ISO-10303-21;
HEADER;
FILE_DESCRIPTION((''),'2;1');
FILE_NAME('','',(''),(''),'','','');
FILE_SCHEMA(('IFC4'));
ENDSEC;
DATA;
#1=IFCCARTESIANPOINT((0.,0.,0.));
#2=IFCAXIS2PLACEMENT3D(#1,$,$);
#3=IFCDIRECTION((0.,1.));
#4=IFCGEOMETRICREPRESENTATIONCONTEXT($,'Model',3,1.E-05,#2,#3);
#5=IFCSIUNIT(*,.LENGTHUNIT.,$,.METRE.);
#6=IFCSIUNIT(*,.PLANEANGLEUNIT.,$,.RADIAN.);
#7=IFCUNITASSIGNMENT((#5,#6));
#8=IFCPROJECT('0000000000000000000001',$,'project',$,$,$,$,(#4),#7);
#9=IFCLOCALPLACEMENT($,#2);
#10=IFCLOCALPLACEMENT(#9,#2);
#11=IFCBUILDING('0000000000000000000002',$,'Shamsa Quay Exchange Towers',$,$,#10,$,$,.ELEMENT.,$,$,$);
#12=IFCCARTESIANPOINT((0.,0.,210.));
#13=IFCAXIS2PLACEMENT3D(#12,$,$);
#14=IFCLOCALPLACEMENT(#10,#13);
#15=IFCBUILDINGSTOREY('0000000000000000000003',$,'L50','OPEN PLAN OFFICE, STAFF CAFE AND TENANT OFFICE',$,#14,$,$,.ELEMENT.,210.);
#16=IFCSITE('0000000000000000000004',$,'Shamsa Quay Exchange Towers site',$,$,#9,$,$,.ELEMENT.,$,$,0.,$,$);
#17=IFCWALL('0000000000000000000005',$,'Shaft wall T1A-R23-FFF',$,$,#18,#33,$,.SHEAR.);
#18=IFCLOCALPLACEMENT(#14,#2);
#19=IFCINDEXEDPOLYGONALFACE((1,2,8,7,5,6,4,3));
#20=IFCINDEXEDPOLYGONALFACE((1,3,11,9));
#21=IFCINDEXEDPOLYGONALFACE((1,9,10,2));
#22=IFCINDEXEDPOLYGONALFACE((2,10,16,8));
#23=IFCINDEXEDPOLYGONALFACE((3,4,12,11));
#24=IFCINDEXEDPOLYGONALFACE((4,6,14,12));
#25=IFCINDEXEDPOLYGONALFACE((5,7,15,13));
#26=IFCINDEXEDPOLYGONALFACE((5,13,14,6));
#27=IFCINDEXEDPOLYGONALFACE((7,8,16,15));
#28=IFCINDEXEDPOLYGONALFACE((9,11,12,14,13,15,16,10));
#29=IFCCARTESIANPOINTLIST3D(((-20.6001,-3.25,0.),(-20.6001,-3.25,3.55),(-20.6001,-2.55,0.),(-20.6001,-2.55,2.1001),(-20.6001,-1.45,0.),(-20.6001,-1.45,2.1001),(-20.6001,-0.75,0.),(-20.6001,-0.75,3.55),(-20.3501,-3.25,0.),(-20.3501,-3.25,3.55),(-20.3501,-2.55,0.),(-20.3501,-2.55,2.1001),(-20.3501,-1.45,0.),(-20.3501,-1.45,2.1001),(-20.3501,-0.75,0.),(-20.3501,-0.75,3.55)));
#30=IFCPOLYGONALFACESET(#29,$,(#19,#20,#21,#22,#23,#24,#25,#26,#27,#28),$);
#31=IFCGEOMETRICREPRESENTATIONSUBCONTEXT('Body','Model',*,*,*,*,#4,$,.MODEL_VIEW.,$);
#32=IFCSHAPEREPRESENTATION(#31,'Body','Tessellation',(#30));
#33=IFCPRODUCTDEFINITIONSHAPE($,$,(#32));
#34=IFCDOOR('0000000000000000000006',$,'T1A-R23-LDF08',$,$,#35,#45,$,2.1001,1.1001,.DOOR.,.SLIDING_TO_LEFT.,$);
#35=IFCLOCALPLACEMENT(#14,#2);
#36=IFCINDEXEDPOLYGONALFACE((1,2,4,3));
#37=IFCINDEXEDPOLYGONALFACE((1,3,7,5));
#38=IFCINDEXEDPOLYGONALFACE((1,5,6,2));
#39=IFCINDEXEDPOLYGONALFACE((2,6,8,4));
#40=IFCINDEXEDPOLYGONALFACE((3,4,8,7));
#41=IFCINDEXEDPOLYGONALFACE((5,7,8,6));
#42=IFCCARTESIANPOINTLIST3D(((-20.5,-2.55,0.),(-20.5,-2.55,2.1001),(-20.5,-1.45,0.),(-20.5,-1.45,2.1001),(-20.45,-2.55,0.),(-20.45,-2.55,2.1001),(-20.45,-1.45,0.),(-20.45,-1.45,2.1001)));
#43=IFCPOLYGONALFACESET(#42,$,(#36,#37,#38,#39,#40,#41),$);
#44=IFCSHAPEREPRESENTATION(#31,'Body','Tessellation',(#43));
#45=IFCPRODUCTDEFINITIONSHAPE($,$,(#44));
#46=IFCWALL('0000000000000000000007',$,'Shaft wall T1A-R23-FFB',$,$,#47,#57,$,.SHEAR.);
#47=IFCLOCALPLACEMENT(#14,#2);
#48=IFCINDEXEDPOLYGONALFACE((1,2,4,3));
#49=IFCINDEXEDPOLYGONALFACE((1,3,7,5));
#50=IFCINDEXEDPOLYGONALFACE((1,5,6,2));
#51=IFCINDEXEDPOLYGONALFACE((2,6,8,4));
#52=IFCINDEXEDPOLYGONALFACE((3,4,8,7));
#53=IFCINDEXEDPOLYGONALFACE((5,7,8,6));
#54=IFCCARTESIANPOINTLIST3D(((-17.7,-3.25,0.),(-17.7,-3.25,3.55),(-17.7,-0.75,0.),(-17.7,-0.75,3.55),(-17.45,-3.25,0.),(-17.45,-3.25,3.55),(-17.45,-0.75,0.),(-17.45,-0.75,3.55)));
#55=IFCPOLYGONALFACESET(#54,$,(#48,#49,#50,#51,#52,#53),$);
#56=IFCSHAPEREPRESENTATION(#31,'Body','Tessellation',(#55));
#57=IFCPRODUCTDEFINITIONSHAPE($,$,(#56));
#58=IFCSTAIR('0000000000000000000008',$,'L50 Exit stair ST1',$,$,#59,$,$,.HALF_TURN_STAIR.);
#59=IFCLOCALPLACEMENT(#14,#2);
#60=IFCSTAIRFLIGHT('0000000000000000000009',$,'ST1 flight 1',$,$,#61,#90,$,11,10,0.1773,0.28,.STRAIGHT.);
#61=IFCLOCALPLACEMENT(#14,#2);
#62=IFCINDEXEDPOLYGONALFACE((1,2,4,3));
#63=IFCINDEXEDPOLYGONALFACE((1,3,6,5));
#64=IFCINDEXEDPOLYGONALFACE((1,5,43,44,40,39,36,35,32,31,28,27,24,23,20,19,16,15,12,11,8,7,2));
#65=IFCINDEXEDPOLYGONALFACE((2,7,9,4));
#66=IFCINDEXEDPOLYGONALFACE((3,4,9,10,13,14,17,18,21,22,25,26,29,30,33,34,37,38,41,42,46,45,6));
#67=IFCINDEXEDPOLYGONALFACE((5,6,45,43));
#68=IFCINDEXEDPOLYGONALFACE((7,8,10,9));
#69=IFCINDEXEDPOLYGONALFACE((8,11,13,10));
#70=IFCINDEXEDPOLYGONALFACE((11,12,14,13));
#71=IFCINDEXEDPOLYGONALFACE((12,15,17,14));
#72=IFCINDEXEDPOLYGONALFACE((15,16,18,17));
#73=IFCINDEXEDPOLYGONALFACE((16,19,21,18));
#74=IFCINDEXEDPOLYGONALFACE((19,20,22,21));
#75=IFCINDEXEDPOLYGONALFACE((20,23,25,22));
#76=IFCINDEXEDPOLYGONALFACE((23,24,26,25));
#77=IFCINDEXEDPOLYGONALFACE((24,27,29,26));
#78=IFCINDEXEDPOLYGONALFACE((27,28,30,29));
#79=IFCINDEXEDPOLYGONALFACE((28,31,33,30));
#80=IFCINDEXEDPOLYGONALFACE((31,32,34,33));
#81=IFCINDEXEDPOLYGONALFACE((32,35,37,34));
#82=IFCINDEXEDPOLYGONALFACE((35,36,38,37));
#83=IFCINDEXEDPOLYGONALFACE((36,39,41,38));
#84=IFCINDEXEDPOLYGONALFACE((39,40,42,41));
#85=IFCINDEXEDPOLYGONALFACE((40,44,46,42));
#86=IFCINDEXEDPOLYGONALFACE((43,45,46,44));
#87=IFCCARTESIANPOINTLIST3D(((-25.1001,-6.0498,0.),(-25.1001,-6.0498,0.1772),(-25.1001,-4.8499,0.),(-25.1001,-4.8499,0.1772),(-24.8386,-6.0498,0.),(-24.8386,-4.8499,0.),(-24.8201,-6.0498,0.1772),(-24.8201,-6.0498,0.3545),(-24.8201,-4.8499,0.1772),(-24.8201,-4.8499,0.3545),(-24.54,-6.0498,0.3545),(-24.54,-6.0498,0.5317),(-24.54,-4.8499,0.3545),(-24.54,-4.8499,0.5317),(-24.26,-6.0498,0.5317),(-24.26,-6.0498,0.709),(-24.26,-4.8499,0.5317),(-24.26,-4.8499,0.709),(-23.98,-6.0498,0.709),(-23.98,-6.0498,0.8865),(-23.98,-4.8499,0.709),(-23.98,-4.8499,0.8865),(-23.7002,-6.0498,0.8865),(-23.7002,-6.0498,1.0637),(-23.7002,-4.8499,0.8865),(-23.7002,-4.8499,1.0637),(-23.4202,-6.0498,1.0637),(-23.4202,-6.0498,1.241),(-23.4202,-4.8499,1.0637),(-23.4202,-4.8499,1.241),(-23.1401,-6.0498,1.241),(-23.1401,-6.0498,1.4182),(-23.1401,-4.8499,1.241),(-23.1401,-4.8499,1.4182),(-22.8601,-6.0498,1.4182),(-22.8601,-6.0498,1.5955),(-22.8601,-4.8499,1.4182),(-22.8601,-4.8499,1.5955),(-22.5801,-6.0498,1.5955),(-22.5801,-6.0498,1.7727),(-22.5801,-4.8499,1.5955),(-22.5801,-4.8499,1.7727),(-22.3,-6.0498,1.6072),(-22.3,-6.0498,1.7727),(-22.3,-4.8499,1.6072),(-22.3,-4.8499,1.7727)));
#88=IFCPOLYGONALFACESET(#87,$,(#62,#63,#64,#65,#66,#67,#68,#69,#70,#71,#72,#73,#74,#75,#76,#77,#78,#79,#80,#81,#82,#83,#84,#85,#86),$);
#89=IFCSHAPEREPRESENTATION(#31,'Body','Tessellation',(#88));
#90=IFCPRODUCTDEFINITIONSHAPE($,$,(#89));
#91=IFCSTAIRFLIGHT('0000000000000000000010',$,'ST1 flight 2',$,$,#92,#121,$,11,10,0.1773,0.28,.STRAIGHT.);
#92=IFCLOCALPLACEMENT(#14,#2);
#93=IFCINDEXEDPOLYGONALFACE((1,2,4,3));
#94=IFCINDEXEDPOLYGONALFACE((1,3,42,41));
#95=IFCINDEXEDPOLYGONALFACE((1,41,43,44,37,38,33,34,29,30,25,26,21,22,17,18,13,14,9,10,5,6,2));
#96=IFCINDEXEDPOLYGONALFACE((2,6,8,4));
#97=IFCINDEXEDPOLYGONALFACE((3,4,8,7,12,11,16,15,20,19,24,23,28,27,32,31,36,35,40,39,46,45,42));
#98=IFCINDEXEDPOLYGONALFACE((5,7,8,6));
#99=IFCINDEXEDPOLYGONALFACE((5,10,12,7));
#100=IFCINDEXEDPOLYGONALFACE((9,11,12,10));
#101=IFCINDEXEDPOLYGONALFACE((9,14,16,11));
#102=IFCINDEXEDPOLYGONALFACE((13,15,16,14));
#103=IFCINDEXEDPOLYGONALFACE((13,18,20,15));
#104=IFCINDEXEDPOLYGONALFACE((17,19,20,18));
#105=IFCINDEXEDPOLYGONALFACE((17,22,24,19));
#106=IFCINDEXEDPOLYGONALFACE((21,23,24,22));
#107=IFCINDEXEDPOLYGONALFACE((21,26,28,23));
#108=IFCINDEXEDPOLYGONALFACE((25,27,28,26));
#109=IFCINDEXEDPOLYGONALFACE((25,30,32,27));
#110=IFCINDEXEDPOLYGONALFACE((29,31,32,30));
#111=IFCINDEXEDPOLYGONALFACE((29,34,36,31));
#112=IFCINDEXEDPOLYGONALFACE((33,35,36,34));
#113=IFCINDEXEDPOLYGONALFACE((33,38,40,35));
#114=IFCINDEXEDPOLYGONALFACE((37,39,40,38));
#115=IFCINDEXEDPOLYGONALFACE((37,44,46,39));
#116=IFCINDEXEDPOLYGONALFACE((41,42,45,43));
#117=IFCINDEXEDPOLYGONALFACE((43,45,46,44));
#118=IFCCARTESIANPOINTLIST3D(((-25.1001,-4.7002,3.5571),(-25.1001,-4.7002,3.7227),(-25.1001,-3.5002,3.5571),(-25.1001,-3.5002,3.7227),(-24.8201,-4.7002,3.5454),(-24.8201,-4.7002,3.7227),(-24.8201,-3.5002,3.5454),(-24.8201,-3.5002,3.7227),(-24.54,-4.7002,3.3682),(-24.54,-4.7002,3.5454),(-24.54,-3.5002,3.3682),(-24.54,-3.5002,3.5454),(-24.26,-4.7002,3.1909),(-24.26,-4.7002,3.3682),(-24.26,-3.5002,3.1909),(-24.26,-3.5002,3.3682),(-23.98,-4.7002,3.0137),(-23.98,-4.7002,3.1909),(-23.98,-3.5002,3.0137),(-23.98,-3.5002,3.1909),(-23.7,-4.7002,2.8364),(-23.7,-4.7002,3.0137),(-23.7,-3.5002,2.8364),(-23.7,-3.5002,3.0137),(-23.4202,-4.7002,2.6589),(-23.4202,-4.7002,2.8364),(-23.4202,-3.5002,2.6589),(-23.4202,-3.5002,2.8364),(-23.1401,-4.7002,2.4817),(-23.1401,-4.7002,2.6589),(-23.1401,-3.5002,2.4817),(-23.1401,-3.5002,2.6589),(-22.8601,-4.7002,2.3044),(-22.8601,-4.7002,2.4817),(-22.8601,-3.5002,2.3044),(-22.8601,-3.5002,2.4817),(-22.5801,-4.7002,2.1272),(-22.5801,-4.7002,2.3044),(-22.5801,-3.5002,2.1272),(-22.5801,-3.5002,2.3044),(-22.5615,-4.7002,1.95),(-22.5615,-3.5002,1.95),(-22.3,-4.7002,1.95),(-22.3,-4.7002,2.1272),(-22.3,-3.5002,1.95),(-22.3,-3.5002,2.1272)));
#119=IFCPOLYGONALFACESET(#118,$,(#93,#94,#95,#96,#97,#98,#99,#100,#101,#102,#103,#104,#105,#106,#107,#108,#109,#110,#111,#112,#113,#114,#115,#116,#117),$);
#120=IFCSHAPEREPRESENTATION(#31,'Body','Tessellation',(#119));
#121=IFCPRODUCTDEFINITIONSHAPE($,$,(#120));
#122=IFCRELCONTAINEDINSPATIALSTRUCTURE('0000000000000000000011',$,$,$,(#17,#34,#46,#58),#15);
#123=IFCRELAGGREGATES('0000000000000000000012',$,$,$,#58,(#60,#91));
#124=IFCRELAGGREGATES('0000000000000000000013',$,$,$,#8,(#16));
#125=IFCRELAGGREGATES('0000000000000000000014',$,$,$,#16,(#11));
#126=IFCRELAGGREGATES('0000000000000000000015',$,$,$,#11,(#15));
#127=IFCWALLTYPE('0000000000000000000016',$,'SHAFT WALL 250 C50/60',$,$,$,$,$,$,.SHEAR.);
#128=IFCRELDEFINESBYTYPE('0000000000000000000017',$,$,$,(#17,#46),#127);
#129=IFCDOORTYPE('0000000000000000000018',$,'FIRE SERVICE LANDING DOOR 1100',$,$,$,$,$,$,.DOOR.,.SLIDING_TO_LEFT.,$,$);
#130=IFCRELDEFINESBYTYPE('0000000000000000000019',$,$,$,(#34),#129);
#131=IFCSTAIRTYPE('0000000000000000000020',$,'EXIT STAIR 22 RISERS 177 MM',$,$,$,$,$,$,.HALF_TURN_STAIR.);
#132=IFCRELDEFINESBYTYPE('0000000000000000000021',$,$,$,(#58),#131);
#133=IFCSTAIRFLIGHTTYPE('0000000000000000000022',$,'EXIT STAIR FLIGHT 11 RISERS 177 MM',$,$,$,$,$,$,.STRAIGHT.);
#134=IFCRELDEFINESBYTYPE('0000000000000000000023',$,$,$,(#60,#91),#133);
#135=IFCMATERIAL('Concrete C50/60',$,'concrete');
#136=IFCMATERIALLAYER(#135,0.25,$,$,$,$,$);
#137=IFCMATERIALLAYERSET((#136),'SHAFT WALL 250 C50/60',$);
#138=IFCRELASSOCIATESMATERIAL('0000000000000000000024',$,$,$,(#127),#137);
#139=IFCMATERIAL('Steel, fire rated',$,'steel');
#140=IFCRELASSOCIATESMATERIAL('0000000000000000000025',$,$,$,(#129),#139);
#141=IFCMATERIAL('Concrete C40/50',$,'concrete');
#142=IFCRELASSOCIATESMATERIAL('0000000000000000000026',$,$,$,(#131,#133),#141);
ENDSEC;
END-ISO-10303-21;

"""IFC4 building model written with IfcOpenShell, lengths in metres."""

from ifc_helpers import new_model, si_unit, direction, frame, frame_2d, origin, place, context, subcontext, project, spatial, polyline, rectangle, outline, extrude, material, layer, layer_set, type_object, element, fill, aggregate, save


model = new_model("IFC4")

# Units and contexts
model_context = context("Model", 3, precision=1e-05, world=origin(), true_north=direction((0.0, 1.0)))
body_context = subcontext(model_context, "Body", "Model", "MODEL_VIEW")
ifc_project = project(units=[si_unit("LENGTHUNIT", "METRE"), si_unit("PLANEANGLEUNIT", "RADIAN")], contexts=[model_context])

# Site, building, storey
site_placement = place(None, origin())
site = spatial("IfcSite", under=ifc_project, at=site_placement, Name="Shamsa Quay Exchange Towers site", CompositionType="ELEMENT", RefElevation=0.0)
building_placement = place(site_placement, origin())
building = spatial("IfcBuilding", under=site, at=building_placement, Name="Shamsa Quay Exchange Towers", CompositionType="ELEMENT")
storey_placement = place(building_placement, frame((0.0, 0.0, 210.0)))
storey = spatial("IfcBuildingStorey", under=building, at=storey_placement, Name="L50", Description="OPEN PLAN OFFICE, STAFF CAFE AND TENANT OFFICE", CompositionType="ELEMENT", Elevation=210.0)

# Shared definitions
ifc_material_1 = material(Name="Concrete C50/60", Category="concrete")
ifc_layer_1 = layer(ifc_material_1, 0.25)
ifc_layer_set_1 = layer_set([ifc_layer_1], Name="SHAFT WALL 250 C50/60")
wall_type_1 = type_object("IfcWallType", Name="SHAFT WALL 250 C50/60", PredefinedType="SHEAR", material=ifc_layer_set_1)

# Wall, opening, door
wall_1_placement = place(storey_placement, frame((-20.4751, -3.25, 0.0), z_axis=(0.0, 0.0, 1.0), x_axis=(0.0, 1.0, 0.0)))
wall_1 = element("IfcWall", 1, at=wall_1_placement, inside=storey, type_object=wall_type_1, Name="Shaft wall T1A-R23-FFF", PredefinedType="SHEAR", context=body_context, shape_type="SweptSolid", body=[
    extrude(rectangle(XDim=2.5, YDim=0.25, at=frame_2d((1.25, 0.0))), origin(), (0.0, 0.0, 1.0), 3.55),
])
opening_placement = place(wall_1_placement, frame((0.7, 0.0, 0.0)))
opening = element("IfcOpeningElement", 2, at=opening_placement, cuts=wall_1, PredefinedType="OPENING", context=body_context, shape_type="SweptSolid", body=[
    extrude(rectangle(XDim=1.1001, YDim=2.1001, at=frame_2d((0.55, 1.05))), frame((0.0, 0.135, 0.0), z_axis=(0.0, -1.0, 0.0), x_axis=(1.0, 0.0, 0.0)), (0.0, 0.0, 1.0), 0.27),
])
ifc_material_2 = material(Name="Steel, fire rated", Category="steel")
door_type = type_object("IfcDoorType", Name="FIRE SERVICE LANDING DOOR 1100", OperationType="SLIDING_TO_LEFT", PredefinedType="DOOR", material=ifc_material_2)
door_placement = place(opening_placement, origin())
door = element("IfcDoor", 3, at=door_placement, inside=storey, type_object=door_type, Name="T1A-R23-LDF08", OperationType="SLIDING_TO_LEFT", OverallHeight=2.1001, OverallWidth=1.1001, PredefinedType="DOOR", context=body_context, shape_type="SweptSolid", body=[
    extrude(rectangle(XDim=1.1001, YDim=2.1001, at=frame_2d((0.55, 1.05))), frame((0.0, 0.0249, 0.0), z_axis=(0.0, -1.0, 0.0), x_axis=(1.0, 0.0, 0.0)), (0.0, 0.0, 1.0), 0.05),
])
fill(opening, door)

# Wall
wall_2_placement = place(storey_placement, frame((-17.575, -3.25, 0.0), z_axis=(0.0, 0.0, 1.0), x_axis=(0.0, 1.0, 0.0)))
element("IfcWall", 4, at=wall_2_placement, inside=storey, type_object=wall_type_1, Name="Shaft wall T1A-R23-FFB", PredefinedType="SHEAR", context=body_context, shape_type="SweptSolid", body=[
    extrude(rectangle(XDim=2.5, YDim=0.25, at=frame_2d((1.25, 0.0))), origin(), (0.0, 0.0, 1.0), 3.55),
])

# Stair, stair flights
ifc_material_3 = material(Name="Concrete C40/50", Category="concrete")
stair_type = type_object("IfcStairType", Name="EXIT STAIR 22 RISERS 177 MM", PredefinedType="HALF_TURN_STAIR", material=ifc_material_3)
stair_placement = place(storey_placement, origin())
stair = element("IfcStair", 5, at=stair_placement, inside=storey, type_object=stair_type, Name="L50 Exit stair ST1", PredefinedType="HALF_TURN_STAIR")
stair_flight_type = type_object("IfcStairFlightType", Name="EXIT STAIR FLIGHT 11 RISERS 177 MM", PredefinedType="STRAIGHT", material=ifc_material_3)
stair_flight_1_placement = place(storey_placement, frame((-25.1001, -5.45, 0.0)))
stair_flight_1 = element("IfcStairFlight", 6, at=stair_flight_1_placement, type_object=stair_flight_type, Name="ST1 flight 1", NumberOfRisers=11, NumberOfTreads=10, PredefinedType="STRAIGHT", RiserHeight=0.1773, TreadLength=0.28, context=body_context, shape_type="SweptSolid", body=[
    extrude(outline(polyline([(0.0, 0.0), (0.0, 0.1772), (0.28, 0.1772), (0.28, 0.3545), (0.5601, 0.3545), (0.5601, 0.5317), (0.8401, 0.5317), (0.8401, 0.709), (1.1201, 0.709), (1.1201, 0.8865), (1.3999, 0.8865), (1.3999, 1.0637), (1.6799, 1.0637), (1.6799, 1.241), (1.96, 1.241), (1.96, 1.4182), (2.24, 1.4182), (2.24, 1.5955), (2.52, 1.5955), (2.52, 1.7727), (2.8, 1.7727), (2.8, 1.95), (2.8, 1.6072), (0.2615, 0.0), (0.0, 0.0)])), frame((0.0, 0.6001, 0.0), z_axis=(0.0, -1.0, 0.0), x_axis=(1.0, 0.0, 0.0)), (0.0, 0.0, 1.0), 1.2),
])
stair_flight_2_placement = place(storey_placement, frame((-22.3, -4.1001, 1.95), z_axis=(0.0, 0.0, 1.0), x_axis=(-1.0, 0.0, 0.0)))
stair_flight_2 = element("IfcStairFlight", 7, at=stair_flight_2_placement, type_object=stair_flight_type, Name="ST1 flight 2", NumberOfRisers=11, NumberOfTreads=10, PredefinedType="STRAIGHT", RiserHeight=0.1773, TreadLength=0.28, context=body_context, shape_type="SweptSolid", body=[
    extrude(outline(polyline([(0.0, 0.0), (0.0, 0.1772), (0.28, 0.1772), (0.28, 0.3545), (0.5601, 0.3545), (0.5601, 0.5317), (0.8401, 0.5317), (0.8401, 0.709), (1.1201, 0.709), (1.1201, 0.8865), (1.3999, 0.8865), (1.3999, 1.0637), (1.6799, 1.0637), (1.6799, 1.241), (1.96, 1.241), (1.96, 1.4182), (2.24, 1.4182), (2.24, 1.5955), (2.52, 1.5955), (2.52, 1.7727), (2.8, 1.7727), (2.8, 1.95), (2.8, 1.6072), (0.2615, 0.0), (0.0, 0.0)])), frame((0.0, 0.6001, 0.0), z_axis=(0.0, -1.0, 0.0), x_axis=(1.0, 0.0, 0.0)), (0.0, 0.0, 1.0), 1.2),
])
aggregate(stair, [stair_flight_1, stair_flight_2])

save(model, "model.ifc")
